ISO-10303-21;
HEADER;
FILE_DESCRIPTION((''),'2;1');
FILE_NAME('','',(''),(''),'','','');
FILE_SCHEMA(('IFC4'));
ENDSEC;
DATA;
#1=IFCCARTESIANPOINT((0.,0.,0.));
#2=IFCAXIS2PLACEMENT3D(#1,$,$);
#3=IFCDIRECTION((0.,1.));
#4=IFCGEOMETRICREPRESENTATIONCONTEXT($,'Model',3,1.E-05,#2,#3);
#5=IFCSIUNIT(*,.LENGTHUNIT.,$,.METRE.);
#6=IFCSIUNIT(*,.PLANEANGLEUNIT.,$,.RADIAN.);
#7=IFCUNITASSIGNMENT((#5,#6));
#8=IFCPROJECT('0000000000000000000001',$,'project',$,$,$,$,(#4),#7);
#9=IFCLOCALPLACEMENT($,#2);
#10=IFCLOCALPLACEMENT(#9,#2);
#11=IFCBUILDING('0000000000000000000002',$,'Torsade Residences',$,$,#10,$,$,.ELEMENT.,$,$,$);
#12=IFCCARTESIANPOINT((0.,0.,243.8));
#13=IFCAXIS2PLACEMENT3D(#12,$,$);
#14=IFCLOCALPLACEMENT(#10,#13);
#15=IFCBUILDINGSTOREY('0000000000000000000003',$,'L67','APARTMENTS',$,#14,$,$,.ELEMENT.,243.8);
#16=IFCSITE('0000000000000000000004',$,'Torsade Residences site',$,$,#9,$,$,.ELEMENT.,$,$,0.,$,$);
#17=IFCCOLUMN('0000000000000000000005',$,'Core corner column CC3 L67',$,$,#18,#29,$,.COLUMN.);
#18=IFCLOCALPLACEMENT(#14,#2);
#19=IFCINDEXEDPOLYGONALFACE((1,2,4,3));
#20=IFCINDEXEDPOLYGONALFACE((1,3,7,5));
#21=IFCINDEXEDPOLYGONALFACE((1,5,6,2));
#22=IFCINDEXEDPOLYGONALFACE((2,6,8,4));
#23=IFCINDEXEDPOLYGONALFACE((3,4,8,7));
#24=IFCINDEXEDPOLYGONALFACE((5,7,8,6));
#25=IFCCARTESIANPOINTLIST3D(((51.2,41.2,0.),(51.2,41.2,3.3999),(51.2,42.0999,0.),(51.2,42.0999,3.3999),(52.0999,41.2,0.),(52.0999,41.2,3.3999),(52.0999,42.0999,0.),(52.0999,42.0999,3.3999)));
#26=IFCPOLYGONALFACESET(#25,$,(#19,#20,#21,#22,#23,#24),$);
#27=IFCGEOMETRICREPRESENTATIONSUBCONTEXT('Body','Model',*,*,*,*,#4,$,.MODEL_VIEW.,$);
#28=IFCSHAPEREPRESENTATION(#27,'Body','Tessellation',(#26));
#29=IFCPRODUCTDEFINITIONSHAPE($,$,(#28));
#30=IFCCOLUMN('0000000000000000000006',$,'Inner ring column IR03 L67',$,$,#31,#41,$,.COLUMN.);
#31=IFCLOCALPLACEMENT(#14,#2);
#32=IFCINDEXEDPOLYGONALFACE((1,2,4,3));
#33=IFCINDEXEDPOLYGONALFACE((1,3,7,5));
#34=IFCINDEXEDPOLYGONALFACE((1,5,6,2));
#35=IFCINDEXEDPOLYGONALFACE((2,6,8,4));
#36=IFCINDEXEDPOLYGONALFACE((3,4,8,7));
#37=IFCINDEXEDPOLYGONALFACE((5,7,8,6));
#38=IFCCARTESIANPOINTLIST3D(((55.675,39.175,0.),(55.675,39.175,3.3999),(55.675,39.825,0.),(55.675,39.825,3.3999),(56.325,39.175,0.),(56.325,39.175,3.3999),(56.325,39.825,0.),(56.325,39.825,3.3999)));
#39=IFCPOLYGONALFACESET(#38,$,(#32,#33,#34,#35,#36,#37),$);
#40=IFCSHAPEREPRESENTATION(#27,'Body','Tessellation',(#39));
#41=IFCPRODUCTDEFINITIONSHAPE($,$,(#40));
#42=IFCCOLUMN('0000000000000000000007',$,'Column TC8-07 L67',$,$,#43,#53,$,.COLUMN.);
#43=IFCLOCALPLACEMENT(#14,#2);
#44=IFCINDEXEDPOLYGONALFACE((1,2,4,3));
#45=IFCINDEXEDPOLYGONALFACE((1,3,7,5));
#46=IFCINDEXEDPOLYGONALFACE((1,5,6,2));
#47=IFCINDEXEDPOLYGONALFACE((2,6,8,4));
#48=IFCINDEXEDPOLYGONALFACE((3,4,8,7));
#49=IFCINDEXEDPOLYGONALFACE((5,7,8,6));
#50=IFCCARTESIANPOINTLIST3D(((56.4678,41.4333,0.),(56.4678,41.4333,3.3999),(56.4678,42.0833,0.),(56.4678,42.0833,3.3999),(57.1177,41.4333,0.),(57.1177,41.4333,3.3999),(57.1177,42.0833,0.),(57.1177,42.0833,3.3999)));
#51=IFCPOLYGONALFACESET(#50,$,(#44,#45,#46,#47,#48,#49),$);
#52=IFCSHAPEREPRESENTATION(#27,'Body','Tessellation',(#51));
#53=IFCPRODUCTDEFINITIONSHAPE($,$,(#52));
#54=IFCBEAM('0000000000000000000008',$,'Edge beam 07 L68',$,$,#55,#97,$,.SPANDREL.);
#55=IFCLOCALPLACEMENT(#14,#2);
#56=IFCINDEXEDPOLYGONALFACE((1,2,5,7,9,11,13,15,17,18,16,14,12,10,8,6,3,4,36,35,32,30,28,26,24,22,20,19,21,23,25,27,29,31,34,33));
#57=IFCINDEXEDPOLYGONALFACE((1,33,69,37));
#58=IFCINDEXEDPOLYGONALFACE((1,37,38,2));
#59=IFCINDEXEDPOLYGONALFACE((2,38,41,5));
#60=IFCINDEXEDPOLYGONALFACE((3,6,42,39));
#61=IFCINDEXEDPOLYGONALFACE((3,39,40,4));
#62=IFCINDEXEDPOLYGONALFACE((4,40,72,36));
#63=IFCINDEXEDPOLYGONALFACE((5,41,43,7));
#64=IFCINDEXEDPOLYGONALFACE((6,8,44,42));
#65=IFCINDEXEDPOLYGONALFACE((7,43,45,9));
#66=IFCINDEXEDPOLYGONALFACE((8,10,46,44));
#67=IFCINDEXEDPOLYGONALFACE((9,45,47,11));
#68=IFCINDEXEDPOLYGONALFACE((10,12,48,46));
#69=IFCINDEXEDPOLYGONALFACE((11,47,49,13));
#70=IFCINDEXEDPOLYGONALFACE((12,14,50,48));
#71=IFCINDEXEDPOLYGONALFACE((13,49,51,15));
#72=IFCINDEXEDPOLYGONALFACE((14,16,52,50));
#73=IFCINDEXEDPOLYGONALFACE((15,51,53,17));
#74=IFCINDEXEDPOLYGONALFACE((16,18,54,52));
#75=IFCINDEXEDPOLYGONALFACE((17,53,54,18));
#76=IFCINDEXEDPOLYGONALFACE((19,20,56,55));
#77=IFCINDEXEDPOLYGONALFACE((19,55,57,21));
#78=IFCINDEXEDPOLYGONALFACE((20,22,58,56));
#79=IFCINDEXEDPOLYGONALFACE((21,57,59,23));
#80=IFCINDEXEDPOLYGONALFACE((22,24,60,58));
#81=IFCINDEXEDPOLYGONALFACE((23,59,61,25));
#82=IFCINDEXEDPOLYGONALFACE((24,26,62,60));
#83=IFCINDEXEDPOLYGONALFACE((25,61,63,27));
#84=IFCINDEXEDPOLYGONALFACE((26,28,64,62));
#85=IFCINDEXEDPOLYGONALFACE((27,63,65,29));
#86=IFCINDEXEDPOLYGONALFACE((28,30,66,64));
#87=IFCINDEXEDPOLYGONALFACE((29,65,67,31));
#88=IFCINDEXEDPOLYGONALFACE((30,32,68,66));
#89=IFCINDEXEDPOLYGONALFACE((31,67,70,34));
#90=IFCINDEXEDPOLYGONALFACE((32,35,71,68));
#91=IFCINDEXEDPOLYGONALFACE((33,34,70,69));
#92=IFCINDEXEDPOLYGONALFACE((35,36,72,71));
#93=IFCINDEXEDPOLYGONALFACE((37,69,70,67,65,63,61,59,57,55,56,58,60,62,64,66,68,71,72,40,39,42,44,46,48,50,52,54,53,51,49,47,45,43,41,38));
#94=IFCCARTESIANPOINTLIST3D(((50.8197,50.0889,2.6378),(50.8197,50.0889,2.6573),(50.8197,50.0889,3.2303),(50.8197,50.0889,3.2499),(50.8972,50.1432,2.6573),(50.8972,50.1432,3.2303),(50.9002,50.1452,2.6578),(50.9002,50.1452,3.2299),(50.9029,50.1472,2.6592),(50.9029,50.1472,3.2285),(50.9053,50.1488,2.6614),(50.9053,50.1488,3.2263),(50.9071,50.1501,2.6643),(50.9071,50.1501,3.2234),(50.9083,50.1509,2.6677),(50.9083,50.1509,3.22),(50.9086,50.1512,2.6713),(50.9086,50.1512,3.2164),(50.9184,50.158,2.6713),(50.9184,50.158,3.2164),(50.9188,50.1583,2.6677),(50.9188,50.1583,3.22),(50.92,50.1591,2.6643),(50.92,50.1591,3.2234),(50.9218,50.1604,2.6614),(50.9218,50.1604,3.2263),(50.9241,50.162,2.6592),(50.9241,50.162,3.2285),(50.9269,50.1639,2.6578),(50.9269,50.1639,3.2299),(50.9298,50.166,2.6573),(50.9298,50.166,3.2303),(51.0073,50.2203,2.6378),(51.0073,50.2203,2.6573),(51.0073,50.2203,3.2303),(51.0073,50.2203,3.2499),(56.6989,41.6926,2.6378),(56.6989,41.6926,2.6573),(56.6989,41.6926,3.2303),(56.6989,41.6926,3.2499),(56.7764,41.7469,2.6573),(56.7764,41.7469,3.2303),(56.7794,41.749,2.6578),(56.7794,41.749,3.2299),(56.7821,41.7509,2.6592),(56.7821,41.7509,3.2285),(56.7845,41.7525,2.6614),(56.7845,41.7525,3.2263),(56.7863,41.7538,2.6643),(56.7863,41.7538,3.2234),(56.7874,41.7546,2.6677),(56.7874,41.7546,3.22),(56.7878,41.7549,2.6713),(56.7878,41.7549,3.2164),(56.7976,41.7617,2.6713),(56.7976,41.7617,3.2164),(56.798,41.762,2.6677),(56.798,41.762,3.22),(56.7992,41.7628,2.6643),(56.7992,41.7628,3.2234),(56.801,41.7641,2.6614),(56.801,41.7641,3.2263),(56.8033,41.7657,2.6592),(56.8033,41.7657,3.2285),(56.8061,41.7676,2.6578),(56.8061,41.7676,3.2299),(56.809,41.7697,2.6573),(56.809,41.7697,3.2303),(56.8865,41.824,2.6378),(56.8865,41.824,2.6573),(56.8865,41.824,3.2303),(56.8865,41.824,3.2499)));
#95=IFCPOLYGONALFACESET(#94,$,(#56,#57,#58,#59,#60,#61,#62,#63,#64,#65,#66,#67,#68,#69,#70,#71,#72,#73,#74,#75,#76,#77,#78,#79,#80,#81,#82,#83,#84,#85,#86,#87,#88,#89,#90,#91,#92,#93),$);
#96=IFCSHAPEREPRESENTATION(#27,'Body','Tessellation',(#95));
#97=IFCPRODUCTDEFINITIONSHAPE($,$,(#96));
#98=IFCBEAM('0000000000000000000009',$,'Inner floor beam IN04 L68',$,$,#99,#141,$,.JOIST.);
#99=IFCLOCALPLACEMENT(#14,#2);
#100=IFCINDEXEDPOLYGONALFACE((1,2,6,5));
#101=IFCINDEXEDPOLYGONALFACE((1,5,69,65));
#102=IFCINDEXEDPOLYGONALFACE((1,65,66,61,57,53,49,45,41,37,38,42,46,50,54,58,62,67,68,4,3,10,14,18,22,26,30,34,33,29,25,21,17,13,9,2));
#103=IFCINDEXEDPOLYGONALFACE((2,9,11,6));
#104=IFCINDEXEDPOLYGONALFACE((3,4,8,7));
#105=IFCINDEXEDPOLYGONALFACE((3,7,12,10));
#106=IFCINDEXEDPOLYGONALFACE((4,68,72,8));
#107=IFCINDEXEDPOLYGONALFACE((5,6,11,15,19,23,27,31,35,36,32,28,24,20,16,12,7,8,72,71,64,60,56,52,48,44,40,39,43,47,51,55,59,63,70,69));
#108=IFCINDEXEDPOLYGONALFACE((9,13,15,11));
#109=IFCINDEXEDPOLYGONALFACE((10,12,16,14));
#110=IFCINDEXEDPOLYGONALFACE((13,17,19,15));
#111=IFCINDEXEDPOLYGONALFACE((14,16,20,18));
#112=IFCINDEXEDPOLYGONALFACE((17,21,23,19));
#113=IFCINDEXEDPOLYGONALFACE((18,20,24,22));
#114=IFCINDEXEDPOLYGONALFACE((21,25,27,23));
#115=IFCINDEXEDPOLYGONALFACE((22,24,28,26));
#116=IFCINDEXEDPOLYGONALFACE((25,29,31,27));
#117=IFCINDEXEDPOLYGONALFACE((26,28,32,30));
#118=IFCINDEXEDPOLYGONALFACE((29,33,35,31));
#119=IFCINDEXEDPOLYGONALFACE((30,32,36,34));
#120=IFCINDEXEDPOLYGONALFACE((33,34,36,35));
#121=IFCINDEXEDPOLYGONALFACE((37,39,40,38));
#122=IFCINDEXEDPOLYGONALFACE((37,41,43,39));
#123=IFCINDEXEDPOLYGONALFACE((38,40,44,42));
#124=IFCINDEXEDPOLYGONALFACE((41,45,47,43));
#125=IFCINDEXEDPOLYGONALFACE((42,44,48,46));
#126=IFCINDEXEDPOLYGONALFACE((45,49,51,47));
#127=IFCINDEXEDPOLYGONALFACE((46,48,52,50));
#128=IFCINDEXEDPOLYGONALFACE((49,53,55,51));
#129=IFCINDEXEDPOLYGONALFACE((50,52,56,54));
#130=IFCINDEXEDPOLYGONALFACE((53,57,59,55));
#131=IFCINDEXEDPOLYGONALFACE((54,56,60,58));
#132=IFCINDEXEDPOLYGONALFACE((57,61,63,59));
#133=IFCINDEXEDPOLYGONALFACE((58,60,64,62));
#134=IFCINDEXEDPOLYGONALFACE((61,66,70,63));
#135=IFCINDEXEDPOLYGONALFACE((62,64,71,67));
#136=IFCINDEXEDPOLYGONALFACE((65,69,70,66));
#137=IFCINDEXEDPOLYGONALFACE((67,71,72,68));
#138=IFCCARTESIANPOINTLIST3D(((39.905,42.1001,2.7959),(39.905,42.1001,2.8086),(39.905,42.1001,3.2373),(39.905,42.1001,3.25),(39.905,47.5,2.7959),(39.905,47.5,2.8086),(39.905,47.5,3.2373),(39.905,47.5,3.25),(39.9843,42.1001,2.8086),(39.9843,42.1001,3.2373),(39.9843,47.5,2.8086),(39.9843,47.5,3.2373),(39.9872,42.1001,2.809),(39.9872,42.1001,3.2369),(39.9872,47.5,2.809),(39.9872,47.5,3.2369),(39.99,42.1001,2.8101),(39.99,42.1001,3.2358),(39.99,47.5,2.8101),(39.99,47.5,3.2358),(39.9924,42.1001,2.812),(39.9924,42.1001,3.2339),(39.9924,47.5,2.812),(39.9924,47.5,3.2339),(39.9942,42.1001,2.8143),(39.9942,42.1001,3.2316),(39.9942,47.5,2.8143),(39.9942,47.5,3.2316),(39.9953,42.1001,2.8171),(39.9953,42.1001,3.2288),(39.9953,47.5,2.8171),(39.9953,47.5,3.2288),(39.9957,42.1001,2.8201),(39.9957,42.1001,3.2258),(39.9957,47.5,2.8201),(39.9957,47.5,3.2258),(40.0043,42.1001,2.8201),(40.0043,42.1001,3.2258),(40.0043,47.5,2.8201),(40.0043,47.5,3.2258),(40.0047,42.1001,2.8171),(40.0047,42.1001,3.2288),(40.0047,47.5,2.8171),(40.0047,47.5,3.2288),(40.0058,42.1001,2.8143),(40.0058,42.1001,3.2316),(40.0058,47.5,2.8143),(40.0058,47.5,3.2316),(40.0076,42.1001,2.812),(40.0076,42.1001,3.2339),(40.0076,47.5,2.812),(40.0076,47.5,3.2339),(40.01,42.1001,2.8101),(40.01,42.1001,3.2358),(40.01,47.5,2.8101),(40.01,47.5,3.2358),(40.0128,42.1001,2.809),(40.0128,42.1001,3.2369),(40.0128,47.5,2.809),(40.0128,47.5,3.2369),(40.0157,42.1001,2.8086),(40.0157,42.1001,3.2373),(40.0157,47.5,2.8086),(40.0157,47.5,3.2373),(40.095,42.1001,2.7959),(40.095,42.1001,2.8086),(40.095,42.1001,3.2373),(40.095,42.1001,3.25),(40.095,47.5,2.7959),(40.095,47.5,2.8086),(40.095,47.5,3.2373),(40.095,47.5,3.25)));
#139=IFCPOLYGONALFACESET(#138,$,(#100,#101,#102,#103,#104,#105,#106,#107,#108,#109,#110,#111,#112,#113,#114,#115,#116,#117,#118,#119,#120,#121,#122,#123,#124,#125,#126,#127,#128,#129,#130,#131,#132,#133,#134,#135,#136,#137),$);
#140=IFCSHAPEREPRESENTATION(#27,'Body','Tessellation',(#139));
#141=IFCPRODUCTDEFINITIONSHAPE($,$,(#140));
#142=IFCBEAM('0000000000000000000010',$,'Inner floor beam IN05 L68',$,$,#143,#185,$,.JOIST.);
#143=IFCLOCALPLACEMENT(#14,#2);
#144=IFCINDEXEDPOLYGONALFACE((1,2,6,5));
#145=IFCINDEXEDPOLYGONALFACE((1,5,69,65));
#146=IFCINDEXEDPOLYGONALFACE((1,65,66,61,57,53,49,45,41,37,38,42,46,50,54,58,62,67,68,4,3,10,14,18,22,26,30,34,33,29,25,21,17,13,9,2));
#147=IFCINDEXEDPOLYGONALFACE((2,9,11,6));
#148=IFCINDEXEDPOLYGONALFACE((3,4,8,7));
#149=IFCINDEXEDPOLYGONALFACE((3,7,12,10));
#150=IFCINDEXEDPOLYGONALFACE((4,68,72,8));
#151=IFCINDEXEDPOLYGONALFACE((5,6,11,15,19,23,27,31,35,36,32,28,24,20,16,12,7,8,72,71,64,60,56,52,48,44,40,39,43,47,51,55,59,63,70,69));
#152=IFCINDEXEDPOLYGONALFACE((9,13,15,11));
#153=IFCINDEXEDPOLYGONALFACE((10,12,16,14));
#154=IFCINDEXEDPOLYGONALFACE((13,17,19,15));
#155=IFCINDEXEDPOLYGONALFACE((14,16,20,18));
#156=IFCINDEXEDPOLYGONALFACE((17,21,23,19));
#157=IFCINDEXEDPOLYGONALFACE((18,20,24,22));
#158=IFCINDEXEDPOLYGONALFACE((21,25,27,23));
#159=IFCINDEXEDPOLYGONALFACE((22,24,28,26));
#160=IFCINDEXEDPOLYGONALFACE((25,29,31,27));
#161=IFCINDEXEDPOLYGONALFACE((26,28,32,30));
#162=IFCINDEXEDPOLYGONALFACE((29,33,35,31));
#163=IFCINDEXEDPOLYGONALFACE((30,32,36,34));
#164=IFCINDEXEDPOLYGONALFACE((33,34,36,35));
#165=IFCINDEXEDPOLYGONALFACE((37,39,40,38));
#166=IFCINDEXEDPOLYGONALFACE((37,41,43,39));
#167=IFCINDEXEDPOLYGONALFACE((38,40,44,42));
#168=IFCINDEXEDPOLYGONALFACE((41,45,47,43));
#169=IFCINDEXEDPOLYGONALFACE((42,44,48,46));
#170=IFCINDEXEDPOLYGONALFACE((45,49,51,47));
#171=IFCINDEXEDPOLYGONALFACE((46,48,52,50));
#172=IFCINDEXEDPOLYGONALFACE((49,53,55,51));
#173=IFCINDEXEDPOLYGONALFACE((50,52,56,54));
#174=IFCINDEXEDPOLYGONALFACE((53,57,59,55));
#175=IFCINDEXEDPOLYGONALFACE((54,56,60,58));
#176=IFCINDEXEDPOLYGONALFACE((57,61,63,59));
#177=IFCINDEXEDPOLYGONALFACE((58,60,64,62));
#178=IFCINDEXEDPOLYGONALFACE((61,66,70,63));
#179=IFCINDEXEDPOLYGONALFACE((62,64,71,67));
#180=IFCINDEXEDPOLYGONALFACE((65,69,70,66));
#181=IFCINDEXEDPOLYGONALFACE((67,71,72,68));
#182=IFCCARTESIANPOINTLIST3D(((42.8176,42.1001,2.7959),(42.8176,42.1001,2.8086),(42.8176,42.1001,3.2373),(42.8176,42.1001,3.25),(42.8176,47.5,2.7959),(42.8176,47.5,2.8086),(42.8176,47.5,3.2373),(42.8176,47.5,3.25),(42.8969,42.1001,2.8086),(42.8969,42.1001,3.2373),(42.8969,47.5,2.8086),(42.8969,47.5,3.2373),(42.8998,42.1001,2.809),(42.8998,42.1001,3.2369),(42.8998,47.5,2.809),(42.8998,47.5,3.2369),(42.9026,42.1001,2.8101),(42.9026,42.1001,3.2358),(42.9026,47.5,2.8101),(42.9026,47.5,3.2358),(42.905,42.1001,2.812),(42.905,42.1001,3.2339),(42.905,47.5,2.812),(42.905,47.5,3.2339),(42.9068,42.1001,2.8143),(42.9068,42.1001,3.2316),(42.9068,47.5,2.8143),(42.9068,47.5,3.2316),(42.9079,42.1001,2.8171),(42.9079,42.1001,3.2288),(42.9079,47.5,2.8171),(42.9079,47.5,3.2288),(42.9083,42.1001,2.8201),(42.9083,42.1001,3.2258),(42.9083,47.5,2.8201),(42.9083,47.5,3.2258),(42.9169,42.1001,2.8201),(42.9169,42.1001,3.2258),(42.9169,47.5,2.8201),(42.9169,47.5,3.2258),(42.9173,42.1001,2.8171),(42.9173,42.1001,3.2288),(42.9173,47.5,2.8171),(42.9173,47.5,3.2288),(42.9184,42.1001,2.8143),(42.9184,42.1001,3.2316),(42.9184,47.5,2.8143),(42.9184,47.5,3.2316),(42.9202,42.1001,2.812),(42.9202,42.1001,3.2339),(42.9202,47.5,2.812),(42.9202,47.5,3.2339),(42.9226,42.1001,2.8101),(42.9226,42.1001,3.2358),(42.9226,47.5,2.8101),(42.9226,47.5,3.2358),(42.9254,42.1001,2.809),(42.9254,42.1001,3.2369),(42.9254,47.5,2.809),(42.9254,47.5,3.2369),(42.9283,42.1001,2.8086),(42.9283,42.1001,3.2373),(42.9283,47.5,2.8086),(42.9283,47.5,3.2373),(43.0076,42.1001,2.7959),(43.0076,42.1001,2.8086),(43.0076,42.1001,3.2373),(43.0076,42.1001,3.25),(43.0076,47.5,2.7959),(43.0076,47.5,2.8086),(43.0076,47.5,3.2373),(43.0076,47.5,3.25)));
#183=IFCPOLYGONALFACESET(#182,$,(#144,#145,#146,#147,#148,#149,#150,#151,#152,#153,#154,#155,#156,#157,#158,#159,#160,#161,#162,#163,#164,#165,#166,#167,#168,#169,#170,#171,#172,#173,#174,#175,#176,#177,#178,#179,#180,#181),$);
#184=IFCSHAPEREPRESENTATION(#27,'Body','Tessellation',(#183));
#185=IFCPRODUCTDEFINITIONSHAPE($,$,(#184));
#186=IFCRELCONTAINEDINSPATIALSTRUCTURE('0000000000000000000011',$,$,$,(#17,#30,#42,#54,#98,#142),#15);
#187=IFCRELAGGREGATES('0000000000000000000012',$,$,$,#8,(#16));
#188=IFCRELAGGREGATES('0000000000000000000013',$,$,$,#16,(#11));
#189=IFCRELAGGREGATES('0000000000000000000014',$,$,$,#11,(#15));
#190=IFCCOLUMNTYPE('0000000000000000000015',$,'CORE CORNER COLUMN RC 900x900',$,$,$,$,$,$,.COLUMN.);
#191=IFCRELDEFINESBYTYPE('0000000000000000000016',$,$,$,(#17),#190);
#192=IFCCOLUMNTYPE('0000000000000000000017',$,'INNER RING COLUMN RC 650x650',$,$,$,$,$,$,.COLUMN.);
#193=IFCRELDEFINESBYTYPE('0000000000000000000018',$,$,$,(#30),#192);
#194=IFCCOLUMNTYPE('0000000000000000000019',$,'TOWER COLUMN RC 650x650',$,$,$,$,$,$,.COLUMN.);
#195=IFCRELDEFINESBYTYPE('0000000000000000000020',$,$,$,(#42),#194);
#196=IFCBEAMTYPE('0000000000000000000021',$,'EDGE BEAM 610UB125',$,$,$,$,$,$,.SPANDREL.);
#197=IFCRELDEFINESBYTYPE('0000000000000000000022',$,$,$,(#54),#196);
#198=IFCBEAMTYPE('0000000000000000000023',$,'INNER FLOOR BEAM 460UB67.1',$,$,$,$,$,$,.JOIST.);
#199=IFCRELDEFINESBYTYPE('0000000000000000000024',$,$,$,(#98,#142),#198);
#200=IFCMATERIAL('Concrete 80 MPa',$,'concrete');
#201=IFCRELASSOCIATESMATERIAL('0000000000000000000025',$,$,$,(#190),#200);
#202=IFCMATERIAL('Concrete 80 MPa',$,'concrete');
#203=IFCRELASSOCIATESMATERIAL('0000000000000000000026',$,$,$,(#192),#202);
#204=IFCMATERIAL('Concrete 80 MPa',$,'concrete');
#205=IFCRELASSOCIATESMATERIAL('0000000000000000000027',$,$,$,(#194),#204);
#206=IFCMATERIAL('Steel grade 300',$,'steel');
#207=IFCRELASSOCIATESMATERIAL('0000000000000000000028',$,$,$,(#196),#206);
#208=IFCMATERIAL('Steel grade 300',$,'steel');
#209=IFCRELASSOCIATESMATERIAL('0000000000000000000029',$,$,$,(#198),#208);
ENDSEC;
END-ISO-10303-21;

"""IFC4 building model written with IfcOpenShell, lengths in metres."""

from ifc_helpers import new_model, si_unit, direction, frame, origin, origin_2d, place, context, subcontext, project, spatial, rectangle, i_section, extrude, material, material_profile, profile_set, type_object, element, save


model = new_model("IFC4")

# Units and contexts
model_context = context("Model", 3, precision=1e-05, world=origin(), true_north=direction((0.0, 1.0)))
body_context = subcontext(model_context, "Body", "Model", "MODEL_VIEW")
ifc_project = project(units=[si_unit("LENGTHUNIT", "METRE"), si_unit("PLANEANGLEUNIT", "RADIAN")], contexts=[model_context])

# Site, building, storey
site_placement = place(None, origin())
site = spatial("IfcSite", under=ifc_project, at=site_placement, Name="Torsade Residences site", CompositionType="ELEMENT", RefElevation=0.0)
building_placement = place(site_placement, origin())
building = spatial("IfcBuilding", under=site, at=building_placement, Name="Torsade Residences", CompositionType="ELEMENT")
storey_placement = place(building_placement, frame((0.0, 0.0, 243.8)))
storey = spatial("IfcBuildingStorey", under=building, at=storey_placement, Name="L67", Description="APARTMENTS", CompositionType="ELEMENT", Elevation=243.8)

# Columns
ifc_material_1 = material(Name="Concrete 80 MPa", Category="concrete")
ifc_material_profile_1 = material_profile(ifc_material_1, rectangle(XDim=0.8999, YDim=0.8999, at=origin_2d()), Name="RC 900x900")
ifc_profile_set_1 = profile_set([ifc_material_profile_1], Name="Concrete 80 MPa")
column_type_1 = type_object("IfcColumnType", Name="CORE CORNER COLUMN RC 900x900", PredefinedType="COLUMN", material=ifc_profile_set_1)
column_1_placement = place(storey_placement, frame((51.6499, 41.6499, 0.0), z_axis=(0.0, 0.0, 1.0), x_axis=(1.0, 0.0, 0.0)))
element("IfcColumn", 1, at=column_1_placement, inside=storey, type_object=column_type_1, Name="Core corner column CC3 L67", PredefinedType="COLUMN", context=body_context, shape_type="SweptSolid", body=[
    extrude(rectangle(XDim=0.8999, YDim=0.8999, at=origin_2d()), origin(), (0.0, 0.0, 1.0), 3.3999),
])
ifc_material_2 = material(Name="Concrete 80 MPa", Category="concrete")
ifc_material_profile_2 = material_profile(ifc_material_2, rectangle(XDim=0.6499, YDim=0.6499, at=origin_2d()), Name="RC 650x650")
ifc_profile_set_2 = profile_set([ifc_material_profile_2], Name="Concrete 80 MPa")
column_type_2 = type_object("IfcColumnType", Name="INNER RING COLUMN RC 650x650", PredefinedType="COLUMN", material=ifc_profile_set_2)
column_2_placement = place(storey_placement, frame((56.0, 39.5, 0.0), z_axis=(0.0, 0.0, 1.0), x_axis=(1.0, 0.0, 0.0)))
element("IfcColumn", 2, at=column_2_placement, inside=storey, type_object=column_type_2, Name="Inner ring column IR03 L67", PredefinedType="COLUMN", context=body_context, shape_type="SweptSolid", body=[
    extrude(rectangle(XDim=0.6499, YDim=0.6499, at=origin_2d()), origin(), (0.0, 0.0, 1.0), 3.3999),
])
ifc_material_3 = material(Name="Concrete 80 MPa", Category="concrete")
ifc_material_profile_3 = material_profile(ifc_material_3, rectangle(XDim=0.6499, YDim=0.6499, at=origin_2d()), Name="RC 650x650")
ifc_profile_set_3 = profile_set([ifc_material_profile_3], Name="Concrete 80 MPa")
column_type_3 = type_object("IfcColumnType", Name="TOWER COLUMN RC 650x650", PredefinedType="COLUMN", material=ifc_profile_set_3)
column_3_placement = place(storey_placement, frame((56.7927, 41.7583, 0.0), z_axis=(0.0, 0.0, 1.0), x_axis=(1.0, 0.0, 0.0)))
element("IfcColumn", 3, at=column_3_placement, inside=storey, type_object=column_type_3, Name="Column TC8-07 L67", PredefinedType="COLUMN", context=body_context, shape_type="SweptSolid", body=[
    extrude(rectangle(XDim=0.6499, YDim=0.6499, at=origin_2d()), origin(), (0.0, 0.0, 1.0), 3.3999),
])

# Beams
ifc_material_4 = material(Name="Steel grade 300", Category="steel")
ifc_material_profile_4 = material_profile(ifc_material_4, i_section(OverallWidth=0.229, OverallDepth=0.6121, WebThickness=0.012, FlangeThickness=0.0195, FilletRadius=0.0139, at=origin_2d()), Name="610UB125")
ifc_profile_set_4 = profile_set([ifc_material_profile_4], Name="Steel grade 300")
beam_type_1 = type_object("IfcBeamType", Name="EDGE BEAM 610UB125", PredefinedType="SPANDREL", material=ifc_profile_set_4)
beam_1_placement = place(storey_placement, frame((56.7927, 41.7583, 2.9438), z_axis=(-0.573579, 0.81915, 0.0), x_axis=(-0.81915, -0.573579, 0.0)))
element("IfcBeam", 4, at=beam_1_placement, inside=storey, type_object=beam_type_1, Name="Edge beam 07 L68", PredefinedType="SPANDREL", context=body_context, shape_type="SweptSolid", body=[
    extrude(i_section(OverallWidth=0.229, OverallDepth=0.6121, WebThickness=0.012, FlangeThickness=0.0195, FilletRadius=0.0139, at=origin_2d()), origin(), (0.0, 0.0, 1.0), 10.25),
])
ifc_material_5 = material(Name="Steel grade 300", Category="steel")
ifc_material_profile_5 = material_profile(ifc_material_5, i_section(OverallWidth=0.1899, OverallDepth=0.4541, WebThickness=0.0085, FlangeThickness=0.0127, FilletRadius=0.0115, at=origin_2d()), Name="460UB67.1")
ifc_profile_set_5 = profile_set([ifc_material_profile_5], Name="Steel grade 300")
beam_type_2 = type_object("IfcBeamType", Name="INNER FLOOR BEAM 460UB67.1", PredefinedType="JOIST", material=ifc_profile_set_5)
for number, where, z_axis, x_axis, name in (
    (5, (40.0, 42.1001, 3.0229), (0.0, 1.0, 0.0), (-1.0, 0.0, 0.0), "Inner floor beam IN04 L68"),
    (6, (42.9126, 42.1001, 3.0229), (0.0, 1.0, 0.0), (-1.0, 0.0, 0.0), "Inner floor beam IN05 L68"),
):
    element("IfcBeam", number, at=place(storey_placement, frame(where, z_axis=z_axis, x_axis=x_axis)), inside=storey, type_object=beam_type_2, Name=name, PredefinedType="JOIST", context=body_context, shape_type="SweptSolid", body=[
        extrude(i_section(OverallWidth=0.1899, OverallDepth=0.4541, WebThickness=0.0085, FlangeThickness=0.0127, FilletRadius=0.0115, at=origin_2d()), origin(), (0.0, 0.0, 1.0), 5.3999),
    ])

save(model, "model.ifc")
